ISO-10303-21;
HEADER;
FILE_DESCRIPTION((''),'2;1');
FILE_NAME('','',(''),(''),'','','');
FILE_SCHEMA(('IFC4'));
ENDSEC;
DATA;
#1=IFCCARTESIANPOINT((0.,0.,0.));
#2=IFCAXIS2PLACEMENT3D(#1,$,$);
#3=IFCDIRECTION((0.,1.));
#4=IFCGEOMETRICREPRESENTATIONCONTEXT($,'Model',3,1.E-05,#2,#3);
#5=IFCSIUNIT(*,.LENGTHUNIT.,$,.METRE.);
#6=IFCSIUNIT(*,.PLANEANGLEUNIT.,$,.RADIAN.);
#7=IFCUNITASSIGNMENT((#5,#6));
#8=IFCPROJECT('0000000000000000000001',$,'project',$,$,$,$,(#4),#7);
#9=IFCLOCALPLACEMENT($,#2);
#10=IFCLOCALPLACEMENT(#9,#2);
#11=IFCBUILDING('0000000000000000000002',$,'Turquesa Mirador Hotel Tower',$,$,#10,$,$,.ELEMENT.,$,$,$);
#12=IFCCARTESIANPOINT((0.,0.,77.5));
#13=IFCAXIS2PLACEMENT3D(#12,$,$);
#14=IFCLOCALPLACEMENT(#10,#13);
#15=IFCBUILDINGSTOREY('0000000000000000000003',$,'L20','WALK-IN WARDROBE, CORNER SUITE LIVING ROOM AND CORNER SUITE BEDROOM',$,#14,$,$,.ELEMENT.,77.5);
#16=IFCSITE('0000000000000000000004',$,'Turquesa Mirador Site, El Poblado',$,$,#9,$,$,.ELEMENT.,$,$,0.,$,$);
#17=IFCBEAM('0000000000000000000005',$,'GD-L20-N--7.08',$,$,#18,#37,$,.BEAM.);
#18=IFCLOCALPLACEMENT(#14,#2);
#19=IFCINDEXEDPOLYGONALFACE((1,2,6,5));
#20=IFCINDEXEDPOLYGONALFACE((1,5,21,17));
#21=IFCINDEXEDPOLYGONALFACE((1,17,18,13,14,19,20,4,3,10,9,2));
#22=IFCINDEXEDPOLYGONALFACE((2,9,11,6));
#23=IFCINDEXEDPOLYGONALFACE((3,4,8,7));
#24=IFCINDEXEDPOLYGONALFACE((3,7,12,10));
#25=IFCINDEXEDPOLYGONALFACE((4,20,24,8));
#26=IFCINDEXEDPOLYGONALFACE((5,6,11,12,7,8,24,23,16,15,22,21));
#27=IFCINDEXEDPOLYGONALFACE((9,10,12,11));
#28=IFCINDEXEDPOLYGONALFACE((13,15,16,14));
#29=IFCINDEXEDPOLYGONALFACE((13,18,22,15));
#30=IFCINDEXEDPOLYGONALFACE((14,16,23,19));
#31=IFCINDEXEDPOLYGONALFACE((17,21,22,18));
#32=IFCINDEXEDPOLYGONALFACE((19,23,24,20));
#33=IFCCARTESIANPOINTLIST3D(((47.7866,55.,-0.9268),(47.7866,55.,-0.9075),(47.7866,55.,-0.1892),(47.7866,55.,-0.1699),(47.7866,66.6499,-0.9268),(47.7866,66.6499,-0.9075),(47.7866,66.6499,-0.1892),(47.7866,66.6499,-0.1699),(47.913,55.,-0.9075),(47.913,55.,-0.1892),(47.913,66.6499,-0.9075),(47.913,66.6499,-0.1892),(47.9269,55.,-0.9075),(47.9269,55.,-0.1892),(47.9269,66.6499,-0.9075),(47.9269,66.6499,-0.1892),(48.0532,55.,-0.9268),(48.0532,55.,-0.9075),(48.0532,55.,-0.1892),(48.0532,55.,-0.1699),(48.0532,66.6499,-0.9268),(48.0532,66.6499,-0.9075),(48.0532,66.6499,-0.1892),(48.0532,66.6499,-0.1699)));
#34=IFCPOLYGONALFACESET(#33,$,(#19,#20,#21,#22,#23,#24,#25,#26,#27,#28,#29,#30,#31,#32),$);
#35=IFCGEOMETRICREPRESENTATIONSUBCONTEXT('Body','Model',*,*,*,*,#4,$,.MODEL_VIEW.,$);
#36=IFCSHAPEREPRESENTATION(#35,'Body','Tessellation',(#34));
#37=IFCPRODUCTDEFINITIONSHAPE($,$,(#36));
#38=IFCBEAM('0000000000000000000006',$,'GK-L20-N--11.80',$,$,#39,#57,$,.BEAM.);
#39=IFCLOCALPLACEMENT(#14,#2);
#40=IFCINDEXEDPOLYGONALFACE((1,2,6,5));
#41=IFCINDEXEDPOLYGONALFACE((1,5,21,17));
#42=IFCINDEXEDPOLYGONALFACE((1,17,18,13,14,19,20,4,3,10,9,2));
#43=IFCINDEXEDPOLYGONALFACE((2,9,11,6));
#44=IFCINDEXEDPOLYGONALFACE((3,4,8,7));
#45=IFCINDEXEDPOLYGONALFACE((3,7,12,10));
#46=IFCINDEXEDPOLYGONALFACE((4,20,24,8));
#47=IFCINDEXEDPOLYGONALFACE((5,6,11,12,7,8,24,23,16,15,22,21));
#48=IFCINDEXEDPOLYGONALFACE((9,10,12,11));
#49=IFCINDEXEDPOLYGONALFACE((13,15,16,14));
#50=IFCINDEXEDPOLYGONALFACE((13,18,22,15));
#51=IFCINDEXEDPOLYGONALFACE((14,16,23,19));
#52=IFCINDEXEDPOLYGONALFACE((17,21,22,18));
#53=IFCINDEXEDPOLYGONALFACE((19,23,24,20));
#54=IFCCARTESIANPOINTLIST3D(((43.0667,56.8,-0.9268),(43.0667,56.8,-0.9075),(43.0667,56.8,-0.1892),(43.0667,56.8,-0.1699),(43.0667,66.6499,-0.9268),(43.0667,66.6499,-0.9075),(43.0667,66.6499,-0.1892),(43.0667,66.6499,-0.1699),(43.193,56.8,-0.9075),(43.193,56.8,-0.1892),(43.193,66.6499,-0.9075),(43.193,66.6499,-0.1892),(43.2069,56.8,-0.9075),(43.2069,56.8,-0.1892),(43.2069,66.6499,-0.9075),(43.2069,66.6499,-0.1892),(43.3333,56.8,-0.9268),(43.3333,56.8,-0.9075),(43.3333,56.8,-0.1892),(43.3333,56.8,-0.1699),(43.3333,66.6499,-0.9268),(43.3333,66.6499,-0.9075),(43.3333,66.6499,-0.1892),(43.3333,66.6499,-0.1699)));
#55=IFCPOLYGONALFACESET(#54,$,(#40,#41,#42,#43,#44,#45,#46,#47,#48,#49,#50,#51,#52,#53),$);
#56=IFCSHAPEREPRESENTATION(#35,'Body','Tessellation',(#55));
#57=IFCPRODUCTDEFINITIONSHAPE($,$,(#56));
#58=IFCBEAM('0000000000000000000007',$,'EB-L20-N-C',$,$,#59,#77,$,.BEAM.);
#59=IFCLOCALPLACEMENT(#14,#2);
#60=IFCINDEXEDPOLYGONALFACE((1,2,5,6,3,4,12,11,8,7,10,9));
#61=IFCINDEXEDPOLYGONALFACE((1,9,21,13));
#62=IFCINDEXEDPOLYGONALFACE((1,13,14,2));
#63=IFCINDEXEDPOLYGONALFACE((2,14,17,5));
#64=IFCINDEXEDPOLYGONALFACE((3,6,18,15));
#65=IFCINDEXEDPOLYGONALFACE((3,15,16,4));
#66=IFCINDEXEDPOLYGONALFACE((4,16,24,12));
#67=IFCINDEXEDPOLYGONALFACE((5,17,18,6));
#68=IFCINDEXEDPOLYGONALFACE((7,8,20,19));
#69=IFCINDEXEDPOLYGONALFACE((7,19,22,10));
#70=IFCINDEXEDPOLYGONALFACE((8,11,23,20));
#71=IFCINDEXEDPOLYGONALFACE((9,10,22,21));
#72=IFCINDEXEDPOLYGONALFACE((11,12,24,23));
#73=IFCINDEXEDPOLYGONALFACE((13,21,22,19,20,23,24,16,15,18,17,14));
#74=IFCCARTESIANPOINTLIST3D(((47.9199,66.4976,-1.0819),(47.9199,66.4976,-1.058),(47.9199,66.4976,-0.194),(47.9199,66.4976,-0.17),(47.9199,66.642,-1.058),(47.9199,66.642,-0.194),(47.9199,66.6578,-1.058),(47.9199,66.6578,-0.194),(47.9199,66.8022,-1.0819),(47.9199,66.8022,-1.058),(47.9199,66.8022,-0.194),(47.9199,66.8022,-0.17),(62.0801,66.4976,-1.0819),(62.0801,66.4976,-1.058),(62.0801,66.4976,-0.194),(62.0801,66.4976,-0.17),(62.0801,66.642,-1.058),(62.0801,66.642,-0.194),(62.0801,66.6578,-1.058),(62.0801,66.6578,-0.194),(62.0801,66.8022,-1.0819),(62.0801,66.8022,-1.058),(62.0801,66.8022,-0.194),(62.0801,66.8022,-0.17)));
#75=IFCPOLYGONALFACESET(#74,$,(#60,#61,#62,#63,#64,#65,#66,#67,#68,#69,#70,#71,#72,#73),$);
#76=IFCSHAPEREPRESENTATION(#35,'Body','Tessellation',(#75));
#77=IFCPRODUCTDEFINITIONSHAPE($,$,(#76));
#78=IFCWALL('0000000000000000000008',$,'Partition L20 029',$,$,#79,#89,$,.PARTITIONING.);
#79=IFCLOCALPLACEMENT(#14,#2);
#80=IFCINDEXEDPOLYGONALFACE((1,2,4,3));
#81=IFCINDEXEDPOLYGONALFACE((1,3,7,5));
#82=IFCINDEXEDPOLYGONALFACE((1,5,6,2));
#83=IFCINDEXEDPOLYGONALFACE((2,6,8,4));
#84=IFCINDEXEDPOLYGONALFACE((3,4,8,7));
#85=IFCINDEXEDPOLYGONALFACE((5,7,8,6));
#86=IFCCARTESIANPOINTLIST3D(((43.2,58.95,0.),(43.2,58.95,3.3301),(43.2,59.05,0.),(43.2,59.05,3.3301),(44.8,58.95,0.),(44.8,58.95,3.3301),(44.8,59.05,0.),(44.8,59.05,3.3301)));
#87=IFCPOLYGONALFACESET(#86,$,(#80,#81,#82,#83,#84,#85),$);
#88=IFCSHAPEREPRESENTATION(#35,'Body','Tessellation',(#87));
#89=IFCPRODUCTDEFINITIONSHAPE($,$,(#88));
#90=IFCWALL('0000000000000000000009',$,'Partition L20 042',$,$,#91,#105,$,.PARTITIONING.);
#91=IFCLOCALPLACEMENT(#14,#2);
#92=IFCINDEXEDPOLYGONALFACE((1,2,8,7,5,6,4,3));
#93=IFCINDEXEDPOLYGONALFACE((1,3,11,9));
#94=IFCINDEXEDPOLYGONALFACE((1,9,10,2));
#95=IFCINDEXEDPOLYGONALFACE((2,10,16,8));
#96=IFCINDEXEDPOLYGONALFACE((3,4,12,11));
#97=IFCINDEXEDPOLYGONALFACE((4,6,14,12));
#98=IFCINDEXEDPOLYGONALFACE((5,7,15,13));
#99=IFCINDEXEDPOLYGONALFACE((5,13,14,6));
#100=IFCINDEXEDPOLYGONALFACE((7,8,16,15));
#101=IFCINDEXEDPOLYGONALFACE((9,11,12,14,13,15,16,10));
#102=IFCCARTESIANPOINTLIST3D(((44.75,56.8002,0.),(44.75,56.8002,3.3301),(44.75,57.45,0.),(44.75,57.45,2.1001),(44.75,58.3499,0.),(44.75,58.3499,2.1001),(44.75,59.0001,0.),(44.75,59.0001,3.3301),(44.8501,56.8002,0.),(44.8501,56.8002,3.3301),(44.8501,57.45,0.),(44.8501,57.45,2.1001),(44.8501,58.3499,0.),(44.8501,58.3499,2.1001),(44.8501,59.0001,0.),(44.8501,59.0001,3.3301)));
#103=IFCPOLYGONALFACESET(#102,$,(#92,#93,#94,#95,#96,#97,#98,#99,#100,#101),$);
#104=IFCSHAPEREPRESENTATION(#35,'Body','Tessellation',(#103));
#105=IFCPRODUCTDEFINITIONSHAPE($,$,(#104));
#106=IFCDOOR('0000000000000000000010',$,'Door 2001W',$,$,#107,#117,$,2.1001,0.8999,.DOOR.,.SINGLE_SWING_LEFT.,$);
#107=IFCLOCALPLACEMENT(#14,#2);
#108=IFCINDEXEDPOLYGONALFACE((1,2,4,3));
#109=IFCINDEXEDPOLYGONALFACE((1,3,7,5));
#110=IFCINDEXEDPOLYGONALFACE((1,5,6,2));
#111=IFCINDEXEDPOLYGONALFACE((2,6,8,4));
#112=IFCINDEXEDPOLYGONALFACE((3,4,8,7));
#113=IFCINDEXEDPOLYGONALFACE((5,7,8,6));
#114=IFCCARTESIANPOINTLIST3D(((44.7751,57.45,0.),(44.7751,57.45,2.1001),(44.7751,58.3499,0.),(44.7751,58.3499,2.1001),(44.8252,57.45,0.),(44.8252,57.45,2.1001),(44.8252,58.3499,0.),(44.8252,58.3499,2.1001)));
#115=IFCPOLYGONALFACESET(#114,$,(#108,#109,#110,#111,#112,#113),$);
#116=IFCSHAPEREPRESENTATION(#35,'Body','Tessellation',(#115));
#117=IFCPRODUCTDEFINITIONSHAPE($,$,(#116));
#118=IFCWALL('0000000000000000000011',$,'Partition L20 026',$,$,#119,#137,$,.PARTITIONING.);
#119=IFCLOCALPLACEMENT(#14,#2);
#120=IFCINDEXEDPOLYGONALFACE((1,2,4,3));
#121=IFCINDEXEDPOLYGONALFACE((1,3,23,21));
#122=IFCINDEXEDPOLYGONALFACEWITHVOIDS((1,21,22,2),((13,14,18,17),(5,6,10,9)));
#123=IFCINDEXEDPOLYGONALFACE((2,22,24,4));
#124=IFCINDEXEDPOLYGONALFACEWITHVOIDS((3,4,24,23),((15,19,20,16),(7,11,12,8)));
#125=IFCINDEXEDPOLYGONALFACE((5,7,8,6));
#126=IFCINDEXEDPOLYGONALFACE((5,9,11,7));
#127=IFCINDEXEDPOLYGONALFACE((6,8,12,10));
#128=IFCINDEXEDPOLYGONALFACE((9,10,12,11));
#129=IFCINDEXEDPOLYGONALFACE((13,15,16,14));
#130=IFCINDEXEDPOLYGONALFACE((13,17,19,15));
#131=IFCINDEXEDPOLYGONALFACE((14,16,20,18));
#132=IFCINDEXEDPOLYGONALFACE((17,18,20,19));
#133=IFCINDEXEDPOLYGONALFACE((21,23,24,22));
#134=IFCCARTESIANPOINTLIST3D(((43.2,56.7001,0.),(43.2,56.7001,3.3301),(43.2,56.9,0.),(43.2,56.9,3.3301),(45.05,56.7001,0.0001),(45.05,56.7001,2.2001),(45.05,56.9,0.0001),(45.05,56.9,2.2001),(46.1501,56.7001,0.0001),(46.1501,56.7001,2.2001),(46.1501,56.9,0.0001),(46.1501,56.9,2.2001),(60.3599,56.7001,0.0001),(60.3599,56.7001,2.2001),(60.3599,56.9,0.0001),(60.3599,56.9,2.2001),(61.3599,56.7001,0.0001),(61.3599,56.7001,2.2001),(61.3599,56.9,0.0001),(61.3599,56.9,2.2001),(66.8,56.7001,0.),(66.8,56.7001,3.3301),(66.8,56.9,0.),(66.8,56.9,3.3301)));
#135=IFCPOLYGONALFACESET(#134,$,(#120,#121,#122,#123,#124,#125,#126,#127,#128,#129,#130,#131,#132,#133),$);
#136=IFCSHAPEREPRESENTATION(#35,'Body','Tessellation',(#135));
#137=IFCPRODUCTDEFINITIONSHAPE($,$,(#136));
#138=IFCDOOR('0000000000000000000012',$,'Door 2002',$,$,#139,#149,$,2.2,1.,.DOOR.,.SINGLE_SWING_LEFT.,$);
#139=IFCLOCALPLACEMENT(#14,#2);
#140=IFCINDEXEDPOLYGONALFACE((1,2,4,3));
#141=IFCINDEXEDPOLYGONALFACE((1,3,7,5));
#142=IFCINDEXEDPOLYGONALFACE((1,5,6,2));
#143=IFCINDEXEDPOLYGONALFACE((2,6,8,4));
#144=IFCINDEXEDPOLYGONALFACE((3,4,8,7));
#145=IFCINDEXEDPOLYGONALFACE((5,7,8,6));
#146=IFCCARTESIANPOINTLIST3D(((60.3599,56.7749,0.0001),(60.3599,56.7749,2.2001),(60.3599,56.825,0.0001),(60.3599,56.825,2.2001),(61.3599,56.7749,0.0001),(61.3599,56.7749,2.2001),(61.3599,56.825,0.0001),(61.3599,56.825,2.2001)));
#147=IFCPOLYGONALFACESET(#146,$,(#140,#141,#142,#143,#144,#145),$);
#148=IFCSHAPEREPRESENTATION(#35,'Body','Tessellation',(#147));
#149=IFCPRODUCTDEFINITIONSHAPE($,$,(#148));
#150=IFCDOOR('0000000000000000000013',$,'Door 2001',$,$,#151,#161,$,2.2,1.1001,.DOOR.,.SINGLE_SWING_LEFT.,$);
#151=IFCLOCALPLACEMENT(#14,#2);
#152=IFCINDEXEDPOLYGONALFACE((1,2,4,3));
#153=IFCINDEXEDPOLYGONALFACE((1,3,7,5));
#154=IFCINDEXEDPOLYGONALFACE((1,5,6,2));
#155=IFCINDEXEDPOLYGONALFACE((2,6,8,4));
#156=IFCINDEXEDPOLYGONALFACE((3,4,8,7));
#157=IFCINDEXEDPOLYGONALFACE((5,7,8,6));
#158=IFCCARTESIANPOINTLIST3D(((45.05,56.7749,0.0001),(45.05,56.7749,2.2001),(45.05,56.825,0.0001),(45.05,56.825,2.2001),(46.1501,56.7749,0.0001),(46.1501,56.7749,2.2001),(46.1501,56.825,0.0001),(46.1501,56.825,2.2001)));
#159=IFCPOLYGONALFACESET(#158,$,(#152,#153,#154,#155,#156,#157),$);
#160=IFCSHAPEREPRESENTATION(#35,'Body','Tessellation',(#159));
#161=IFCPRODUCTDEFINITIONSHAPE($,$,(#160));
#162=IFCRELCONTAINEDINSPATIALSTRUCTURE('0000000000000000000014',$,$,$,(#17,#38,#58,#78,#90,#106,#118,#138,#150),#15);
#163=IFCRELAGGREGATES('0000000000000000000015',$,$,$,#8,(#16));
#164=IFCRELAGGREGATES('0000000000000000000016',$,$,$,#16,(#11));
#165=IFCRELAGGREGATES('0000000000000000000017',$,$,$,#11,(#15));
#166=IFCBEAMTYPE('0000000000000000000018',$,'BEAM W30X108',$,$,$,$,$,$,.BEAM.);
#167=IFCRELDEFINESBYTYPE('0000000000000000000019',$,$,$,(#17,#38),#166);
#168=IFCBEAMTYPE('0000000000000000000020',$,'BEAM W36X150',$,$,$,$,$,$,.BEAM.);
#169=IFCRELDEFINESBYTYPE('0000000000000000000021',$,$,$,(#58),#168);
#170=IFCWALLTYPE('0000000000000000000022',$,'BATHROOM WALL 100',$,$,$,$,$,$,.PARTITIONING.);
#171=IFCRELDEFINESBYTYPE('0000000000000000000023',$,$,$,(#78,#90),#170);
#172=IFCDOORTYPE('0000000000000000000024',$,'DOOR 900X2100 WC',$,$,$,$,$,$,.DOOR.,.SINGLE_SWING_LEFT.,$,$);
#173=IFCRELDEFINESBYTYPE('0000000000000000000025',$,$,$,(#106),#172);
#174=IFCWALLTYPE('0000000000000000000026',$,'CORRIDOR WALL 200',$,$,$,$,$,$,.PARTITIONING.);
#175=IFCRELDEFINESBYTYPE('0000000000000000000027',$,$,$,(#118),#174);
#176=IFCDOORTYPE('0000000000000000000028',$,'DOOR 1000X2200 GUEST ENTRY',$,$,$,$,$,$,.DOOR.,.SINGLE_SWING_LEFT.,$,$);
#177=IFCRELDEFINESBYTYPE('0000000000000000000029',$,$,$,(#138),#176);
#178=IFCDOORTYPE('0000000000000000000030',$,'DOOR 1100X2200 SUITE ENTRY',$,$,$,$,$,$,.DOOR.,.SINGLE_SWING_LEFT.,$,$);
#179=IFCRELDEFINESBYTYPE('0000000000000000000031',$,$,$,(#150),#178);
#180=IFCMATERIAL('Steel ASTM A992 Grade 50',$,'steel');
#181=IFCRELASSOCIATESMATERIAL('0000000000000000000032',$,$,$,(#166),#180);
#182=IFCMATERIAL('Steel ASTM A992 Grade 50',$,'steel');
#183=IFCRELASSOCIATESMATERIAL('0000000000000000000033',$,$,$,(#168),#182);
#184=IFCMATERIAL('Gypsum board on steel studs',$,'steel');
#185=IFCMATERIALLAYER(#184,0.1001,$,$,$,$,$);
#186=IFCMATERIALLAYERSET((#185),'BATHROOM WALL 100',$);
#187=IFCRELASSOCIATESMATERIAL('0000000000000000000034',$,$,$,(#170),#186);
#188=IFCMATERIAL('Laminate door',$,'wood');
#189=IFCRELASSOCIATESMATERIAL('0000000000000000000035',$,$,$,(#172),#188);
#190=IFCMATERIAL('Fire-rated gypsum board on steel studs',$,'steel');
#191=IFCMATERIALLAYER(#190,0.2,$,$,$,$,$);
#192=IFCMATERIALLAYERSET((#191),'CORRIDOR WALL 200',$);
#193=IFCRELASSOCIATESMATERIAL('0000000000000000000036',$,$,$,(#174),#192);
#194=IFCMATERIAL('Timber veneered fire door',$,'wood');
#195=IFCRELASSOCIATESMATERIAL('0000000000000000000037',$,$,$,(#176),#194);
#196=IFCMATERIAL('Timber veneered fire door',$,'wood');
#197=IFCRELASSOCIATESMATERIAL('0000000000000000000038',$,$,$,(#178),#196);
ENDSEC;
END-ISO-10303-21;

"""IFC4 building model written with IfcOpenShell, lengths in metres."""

from ifc_helpers import new_model, si_unit, direction, frame, frame_2d, origin, origin_2d, place, context, subcontext, project, spatial, rectangle, i_section, extrude, material, layer, layer_set, material_profile, profile_set, type_object, element, fill, save


model = new_model("IFC4")

# Units and contexts
model_context = context("Model", 3, precision=1e-05, world=origin(), true_north=direction((0.0, 1.0)))
body_context = subcontext(model_context, "Body", "Model", "MODEL_VIEW")
ifc_project = project(units=[si_unit("LENGTHUNIT", "METRE"), si_unit("PLANEANGLEUNIT", "RADIAN")], contexts=[model_context])

# Site, building, storey
site_placement = place(None, origin())
site = spatial("IfcSite", under=ifc_project, at=site_placement, Name="Turquesa Mirador Site, El Poblado", CompositionType="ELEMENT", RefElevation=0.0)
building_placement = place(site_placement, origin())
building = spatial("IfcBuilding", under=site, at=building_placement, Name="Turquesa Mirador Hotel Tower", CompositionType="ELEMENT")
storey_placement = place(building_placement, frame((0.0, 0.0, 77.5)))
storey = spatial("IfcBuildingStorey", under=building, at=storey_placement, Name="L20", Description="WALK-IN WARDROBE, CORNER SUITE LIVING ROOM AND CORNER SUITE BEDROOM", CompositionType="ELEMENT", Elevation=77.5)

# Beams
ifc_material_1 = material(Name="Steel ASTM A992 Grade 50", Category="steel")
ifc_material_profile_1 = material_profile(ifc_material_1, i_section(OverallWidth=0.2666, OverallDepth=0.7568, WebThickness=0.0139, FlangeThickness=0.0193, at=origin_2d()), Name="W30X108")
ifc_profile_set_1 = profile_set([ifc_material_profile_1], Name="Steel ASTM A992 Grade 50")
beam_type_1 = type_object("IfcBeamType", Name="BEAM W30X108", PredefinedType="BEAM", material=ifc_profile_set_1)
beam_1_placement = place(storey_placement, frame((47.9199, 66.6499, -0.5483), z_axis=(0.0, -1.0, 0.0), x_axis=(1.0, 0.0, 0.0)))
element("IfcBeam", 1, at=beam_1_placement, inside=storey, type_object=beam_type_1, Name="GD-L20-N--7.08", PredefinedType="BEAM", context=body_context, shape_type="SweptSolid", body=[
    extrude(i_section(OverallWidth=0.2666, OverallDepth=0.7568, WebThickness=0.0139, FlangeThickness=0.0193, at=origin_2d()), origin(), (0.0, 0.0, 1.0), 11.6499),
])
beam_2_placement = place(storey_placement, frame((43.2, 66.6499, -0.5483), z_axis=(0.0, -1.0, 0.0), x_axis=(1.0, 0.0, 0.0)))
element("IfcBeam", 2, at=beam_2_placement, inside=storey, type_object=beam_type_1, Name="GK-L20-N--11.80", PredefinedType="BEAM", context=body_context, shape_type="SweptSolid", body=[
    extrude(i_section(OverallWidth=0.2666, OverallDepth=0.7568, WebThickness=0.0139, FlangeThickness=0.0193, at=origin_2d()), origin(), (0.0, 0.0, 1.0), 9.8499),
])
ifc_material_2 = material(Name="Steel ASTM A992 Grade 50", Category="steel")
ifc_material_profile_2 = material_profile(ifc_material_2, i_section(OverallWidth=0.3047, OverallDepth=0.9119, WebThickness=0.0159, FlangeThickness=0.0239, at=origin_2d()), Name="W36X150")
ifc_profile_set_2 = profile_set([ifc_material_profile_2], Name="Steel ASTM A992 Grade 50")
beam_type_2 = type_object("IfcBeamType", Name="BEAM W36X150", PredefinedType="BEAM", material=ifc_profile_set_2)
beam_3_placement = place(storey_placement, frame((47.9199, 66.6499, -0.626), z_axis=(1.0, 0.0, 0.0), x_axis=(0.0, 1.0, 0.0)))
element("IfcBeam", 3, at=beam_3_placement, inside=storey, type_object=beam_type_2, Name="EB-L20-N-C", PredefinedType="BEAM", context=body_context, shape_type="SweptSolid", body=[
    extrude(i_section(OverallWidth=0.3047, OverallDepth=0.9119, WebThickness=0.0159, FlangeThickness=0.0239, at=origin_2d()), origin(), (0.0, 0.0, 1.0), 14.1602),
])

# Wall
ifc_material_3 = material(Name="Gypsum board on steel studs", Category="steel")
ifc_layer_1 = layer(ifc_material_3, 0.1001)
ifc_layer_set_1 = layer_set([ifc_layer_1], Name="BATHROOM WALL 100")
wall_type_1 = type_object("IfcWallType", Name="BATHROOM WALL 100", PredefinedType="PARTITIONING", material=ifc_layer_set_1)
wall_1_placement = place(storey_placement, frame((43.2, 59.0, 0.0), z_axis=(0.0, 0.0, 1.0), x_axis=(1.0, 0.0, 0.0)))
element("IfcWall", 4, at=wall_1_placement, inside=storey, type_object=wall_type_1, Name="Partition L20 029", PredefinedType="PARTITIONING", context=body_context, shape_type="SweptSolid", body=[
    extrude(rectangle(XDim=1.6001, YDim=0.1001, at=frame_2d((0.8, 0.0))), origin(), (0.0, 0.0, 1.0), 3.3301),
])

# Wall, opening, door
wall_2_placement = place(storey_placement, frame((44.8, 56.8, 0.0), z_axis=(0.0, 0.0, 1.0), x_axis=(0.0, 1.0, 0.0)))
wall_2 = element("IfcWall", 5, at=wall_2_placement, inside=storey, type_object=wall_type_1, Name="Partition L20 042", PredefinedType="PARTITIONING", context=body_context, shape_type="SweptSolid", body=[
    extrude(rectangle(XDim=2.2, YDim=0.1001, at=frame_2d((1.1001, 0.0))), origin(), (0.0, 0.0, 1.0), 3.3301),
])
opening_1_placement = place(wall_2_placement, frame((0.6499, 0.0, 0.0)))
opening_1 = element("IfcOpeningElement", 6, at=opening_1_placement, cuts=wall_2, PredefinedType="OPENING", context=body_context, shape_type="SweptSolid", body=[
    extrude(rectangle(XDim=0.8999, YDim=2.1001, at=frame_2d((0.45, 1.05))), frame((0.0, 0.0601, 0.0), z_axis=(0.0, -1.0, 0.0), x_axis=(1.0, 0.0, 0.0)), (0.0, 0.0, 1.0), 0.1201),
])
ifc_material_4 = material(Name="Laminate door", Category="wood")
door_type_1 = type_object("IfcDoorType", Name="DOOR 900X2100 WC", OperationType="SINGLE_SWING_LEFT", PredefinedType="DOOR", material=ifc_material_4)
door_1_placement = place(opening_1_placement, origin())
door_1 = element("IfcDoor", 7, at=door_1_placement, inside=storey, type_object=door_type_1, Name="Door 2001W", OperationType="SINGLE_SWING_LEFT", OverallHeight=2.1001, OverallWidth=0.8999, PredefinedType="DOOR", context=body_context, shape_type="SweptSolid", body=[
    extrude(rectangle(XDim=0.8999, YDim=2.1001, at=frame_2d((0.45, 1.05))), frame((0.0, 0.0249, 0.0), z_axis=(0.0, -1.0, 0.0), x_axis=(1.0, 0.0, 0.0)), (0.0, 0.0, 1.0), 0.05),
])
fill(opening_1, door_1)

# Wall, openings, doors
ifc_material_5 = material(Name="Fire-rated gypsum board on steel studs", Category="steel")
ifc_layer_2 = layer(ifc_material_5, 0.2)
ifc_layer_set_2 = layer_set([ifc_layer_2], Name="CORRIDOR WALL 200")
wall_type_2 = type_object("IfcWallType", Name="CORRIDOR WALL 200", PredefinedType="PARTITIONING", material=ifc_layer_set_2)
wall_3_placement = place(storey_placement, frame((43.2, 56.8, 0.0), z_axis=(0.0, 0.0, 1.0), x_axis=(1.0, 0.0, 0.0)))
wall_3 = element("IfcWall", 8, at=wall_3_placement, inside=storey, type_object=wall_type_2, Name="Partition L20 026", PredefinedType="PARTITIONING", context=body_context, shape_type="SweptSolid", body=[
    extrude(rectangle(XDim=23.6001, YDim=0.2, at=frame_2d((11.8, 0.0))), origin(), (0.0, 0.0, 1.0), 3.3301),
])
opening_2_placement = place(wall_3_placement, frame((1.8501, 0.0, 0.0)))
opening_2 = element("IfcOpeningElement", 9, at=opening_2_placement, cuts=wall_3, PredefinedType="OPENING", context=body_context, shape_type="SweptSolid", body=[
    extrude(rectangle(XDim=1.1001, YDim=2.2, at=frame_2d((0.55, 1.1001))), frame((0.0, 0.1099, 0.0), z_axis=(0.0, -1.0, 0.0), x_axis=(1.0, 0.0, 0.0)), (0.0, 0.0, 1.0), 0.22),
])
opening_3_placement = place(wall_3_placement, frame((17.1599, 0.0, 0.0)))
opening_3 = element("IfcOpeningElement", 10, at=opening_3_placement, cuts=wall_3, PredefinedType="OPENING", context=body_context, shape_type="SweptSolid", body=[
    extrude(rectangle(XDim=1.0, YDim=2.2, at=frame_2d((0.5, 1.1001))), frame((0.0, 0.1099, 0.0), z_axis=(0.0, -1.0, 0.0), x_axis=(1.0, 0.0, 0.0)), (0.0, 0.0, 1.0), 0.22),
])
ifc_material_6 = material(Name="Timber veneered fire door", Category="wood")
door_type_2 = type_object("IfcDoorType", Name="DOOR 1000X2200 GUEST ENTRY", OperationType="SINGLE_SWING_LEFT", PredefinedType="DOOR", material=ifc_material_6)
door_2_placement = place(opening_3_placement, origin())
door_2 = element("IfcDoor", 11, at=door_2_placement, inside=storey, type_object=door_type_2, Name="Door 2002", OperationType="SINGLE_SWING_LEFT", OverallHeight=2.2, OverallWidth=1.0, PredefinedType="DOOR", context=body_context, shape_type="SweptSolid", body=[
    extrude(rectangle(XDim=1.0, YDim=2.2, at=frame_2d((0.5, 1.1001))), frame((0.0, 0.0249, 0.0), z_axis=(0.0, -1.0, 0.0), x_axis=(1.0, 0.0, 0.0)), (0.0, 0.0, 1.0), 0.05),
])
fill(opening_3, door_2)
ifc_material_7 = material(Name="Timber veneered fire door", Category="wood")
door_type_3 = type_object("IfcDoorType", Name="DOOR 1100X2200 SUITE ENTRY", OperationType="SINGLE_SWING_LEFT", PredefinedType="DOOR", material=ifc_material_7)
door_3_placement = place(opening_2_placement, origin())
door_3 = element("IfcDoor", 12, at=door_3_placement, inside=storey, type_object=door_type_3, Name="Door 2001", OperationType="SINGLE_SWING_LEFT", OverallHeight=2.2, OverallWidth=1.1001, PredefinedType="DOOR", context=body_context, shape_type="SweptSolid", body=[
    extrude(rectangle(XDim=1.1001, YDim=2.2, at=frame_2d((0.55, 1.1001))), frame((0.0, 0.0249, 0.0), z_axis=(0.0, -1.0, 0.0), x_axis=(1.0, 0.0, 0.0)), (0.0, 0.0, 1.0), 0.05),
])
fill(opening_2, door_3)

save(model, "model.ifc")
